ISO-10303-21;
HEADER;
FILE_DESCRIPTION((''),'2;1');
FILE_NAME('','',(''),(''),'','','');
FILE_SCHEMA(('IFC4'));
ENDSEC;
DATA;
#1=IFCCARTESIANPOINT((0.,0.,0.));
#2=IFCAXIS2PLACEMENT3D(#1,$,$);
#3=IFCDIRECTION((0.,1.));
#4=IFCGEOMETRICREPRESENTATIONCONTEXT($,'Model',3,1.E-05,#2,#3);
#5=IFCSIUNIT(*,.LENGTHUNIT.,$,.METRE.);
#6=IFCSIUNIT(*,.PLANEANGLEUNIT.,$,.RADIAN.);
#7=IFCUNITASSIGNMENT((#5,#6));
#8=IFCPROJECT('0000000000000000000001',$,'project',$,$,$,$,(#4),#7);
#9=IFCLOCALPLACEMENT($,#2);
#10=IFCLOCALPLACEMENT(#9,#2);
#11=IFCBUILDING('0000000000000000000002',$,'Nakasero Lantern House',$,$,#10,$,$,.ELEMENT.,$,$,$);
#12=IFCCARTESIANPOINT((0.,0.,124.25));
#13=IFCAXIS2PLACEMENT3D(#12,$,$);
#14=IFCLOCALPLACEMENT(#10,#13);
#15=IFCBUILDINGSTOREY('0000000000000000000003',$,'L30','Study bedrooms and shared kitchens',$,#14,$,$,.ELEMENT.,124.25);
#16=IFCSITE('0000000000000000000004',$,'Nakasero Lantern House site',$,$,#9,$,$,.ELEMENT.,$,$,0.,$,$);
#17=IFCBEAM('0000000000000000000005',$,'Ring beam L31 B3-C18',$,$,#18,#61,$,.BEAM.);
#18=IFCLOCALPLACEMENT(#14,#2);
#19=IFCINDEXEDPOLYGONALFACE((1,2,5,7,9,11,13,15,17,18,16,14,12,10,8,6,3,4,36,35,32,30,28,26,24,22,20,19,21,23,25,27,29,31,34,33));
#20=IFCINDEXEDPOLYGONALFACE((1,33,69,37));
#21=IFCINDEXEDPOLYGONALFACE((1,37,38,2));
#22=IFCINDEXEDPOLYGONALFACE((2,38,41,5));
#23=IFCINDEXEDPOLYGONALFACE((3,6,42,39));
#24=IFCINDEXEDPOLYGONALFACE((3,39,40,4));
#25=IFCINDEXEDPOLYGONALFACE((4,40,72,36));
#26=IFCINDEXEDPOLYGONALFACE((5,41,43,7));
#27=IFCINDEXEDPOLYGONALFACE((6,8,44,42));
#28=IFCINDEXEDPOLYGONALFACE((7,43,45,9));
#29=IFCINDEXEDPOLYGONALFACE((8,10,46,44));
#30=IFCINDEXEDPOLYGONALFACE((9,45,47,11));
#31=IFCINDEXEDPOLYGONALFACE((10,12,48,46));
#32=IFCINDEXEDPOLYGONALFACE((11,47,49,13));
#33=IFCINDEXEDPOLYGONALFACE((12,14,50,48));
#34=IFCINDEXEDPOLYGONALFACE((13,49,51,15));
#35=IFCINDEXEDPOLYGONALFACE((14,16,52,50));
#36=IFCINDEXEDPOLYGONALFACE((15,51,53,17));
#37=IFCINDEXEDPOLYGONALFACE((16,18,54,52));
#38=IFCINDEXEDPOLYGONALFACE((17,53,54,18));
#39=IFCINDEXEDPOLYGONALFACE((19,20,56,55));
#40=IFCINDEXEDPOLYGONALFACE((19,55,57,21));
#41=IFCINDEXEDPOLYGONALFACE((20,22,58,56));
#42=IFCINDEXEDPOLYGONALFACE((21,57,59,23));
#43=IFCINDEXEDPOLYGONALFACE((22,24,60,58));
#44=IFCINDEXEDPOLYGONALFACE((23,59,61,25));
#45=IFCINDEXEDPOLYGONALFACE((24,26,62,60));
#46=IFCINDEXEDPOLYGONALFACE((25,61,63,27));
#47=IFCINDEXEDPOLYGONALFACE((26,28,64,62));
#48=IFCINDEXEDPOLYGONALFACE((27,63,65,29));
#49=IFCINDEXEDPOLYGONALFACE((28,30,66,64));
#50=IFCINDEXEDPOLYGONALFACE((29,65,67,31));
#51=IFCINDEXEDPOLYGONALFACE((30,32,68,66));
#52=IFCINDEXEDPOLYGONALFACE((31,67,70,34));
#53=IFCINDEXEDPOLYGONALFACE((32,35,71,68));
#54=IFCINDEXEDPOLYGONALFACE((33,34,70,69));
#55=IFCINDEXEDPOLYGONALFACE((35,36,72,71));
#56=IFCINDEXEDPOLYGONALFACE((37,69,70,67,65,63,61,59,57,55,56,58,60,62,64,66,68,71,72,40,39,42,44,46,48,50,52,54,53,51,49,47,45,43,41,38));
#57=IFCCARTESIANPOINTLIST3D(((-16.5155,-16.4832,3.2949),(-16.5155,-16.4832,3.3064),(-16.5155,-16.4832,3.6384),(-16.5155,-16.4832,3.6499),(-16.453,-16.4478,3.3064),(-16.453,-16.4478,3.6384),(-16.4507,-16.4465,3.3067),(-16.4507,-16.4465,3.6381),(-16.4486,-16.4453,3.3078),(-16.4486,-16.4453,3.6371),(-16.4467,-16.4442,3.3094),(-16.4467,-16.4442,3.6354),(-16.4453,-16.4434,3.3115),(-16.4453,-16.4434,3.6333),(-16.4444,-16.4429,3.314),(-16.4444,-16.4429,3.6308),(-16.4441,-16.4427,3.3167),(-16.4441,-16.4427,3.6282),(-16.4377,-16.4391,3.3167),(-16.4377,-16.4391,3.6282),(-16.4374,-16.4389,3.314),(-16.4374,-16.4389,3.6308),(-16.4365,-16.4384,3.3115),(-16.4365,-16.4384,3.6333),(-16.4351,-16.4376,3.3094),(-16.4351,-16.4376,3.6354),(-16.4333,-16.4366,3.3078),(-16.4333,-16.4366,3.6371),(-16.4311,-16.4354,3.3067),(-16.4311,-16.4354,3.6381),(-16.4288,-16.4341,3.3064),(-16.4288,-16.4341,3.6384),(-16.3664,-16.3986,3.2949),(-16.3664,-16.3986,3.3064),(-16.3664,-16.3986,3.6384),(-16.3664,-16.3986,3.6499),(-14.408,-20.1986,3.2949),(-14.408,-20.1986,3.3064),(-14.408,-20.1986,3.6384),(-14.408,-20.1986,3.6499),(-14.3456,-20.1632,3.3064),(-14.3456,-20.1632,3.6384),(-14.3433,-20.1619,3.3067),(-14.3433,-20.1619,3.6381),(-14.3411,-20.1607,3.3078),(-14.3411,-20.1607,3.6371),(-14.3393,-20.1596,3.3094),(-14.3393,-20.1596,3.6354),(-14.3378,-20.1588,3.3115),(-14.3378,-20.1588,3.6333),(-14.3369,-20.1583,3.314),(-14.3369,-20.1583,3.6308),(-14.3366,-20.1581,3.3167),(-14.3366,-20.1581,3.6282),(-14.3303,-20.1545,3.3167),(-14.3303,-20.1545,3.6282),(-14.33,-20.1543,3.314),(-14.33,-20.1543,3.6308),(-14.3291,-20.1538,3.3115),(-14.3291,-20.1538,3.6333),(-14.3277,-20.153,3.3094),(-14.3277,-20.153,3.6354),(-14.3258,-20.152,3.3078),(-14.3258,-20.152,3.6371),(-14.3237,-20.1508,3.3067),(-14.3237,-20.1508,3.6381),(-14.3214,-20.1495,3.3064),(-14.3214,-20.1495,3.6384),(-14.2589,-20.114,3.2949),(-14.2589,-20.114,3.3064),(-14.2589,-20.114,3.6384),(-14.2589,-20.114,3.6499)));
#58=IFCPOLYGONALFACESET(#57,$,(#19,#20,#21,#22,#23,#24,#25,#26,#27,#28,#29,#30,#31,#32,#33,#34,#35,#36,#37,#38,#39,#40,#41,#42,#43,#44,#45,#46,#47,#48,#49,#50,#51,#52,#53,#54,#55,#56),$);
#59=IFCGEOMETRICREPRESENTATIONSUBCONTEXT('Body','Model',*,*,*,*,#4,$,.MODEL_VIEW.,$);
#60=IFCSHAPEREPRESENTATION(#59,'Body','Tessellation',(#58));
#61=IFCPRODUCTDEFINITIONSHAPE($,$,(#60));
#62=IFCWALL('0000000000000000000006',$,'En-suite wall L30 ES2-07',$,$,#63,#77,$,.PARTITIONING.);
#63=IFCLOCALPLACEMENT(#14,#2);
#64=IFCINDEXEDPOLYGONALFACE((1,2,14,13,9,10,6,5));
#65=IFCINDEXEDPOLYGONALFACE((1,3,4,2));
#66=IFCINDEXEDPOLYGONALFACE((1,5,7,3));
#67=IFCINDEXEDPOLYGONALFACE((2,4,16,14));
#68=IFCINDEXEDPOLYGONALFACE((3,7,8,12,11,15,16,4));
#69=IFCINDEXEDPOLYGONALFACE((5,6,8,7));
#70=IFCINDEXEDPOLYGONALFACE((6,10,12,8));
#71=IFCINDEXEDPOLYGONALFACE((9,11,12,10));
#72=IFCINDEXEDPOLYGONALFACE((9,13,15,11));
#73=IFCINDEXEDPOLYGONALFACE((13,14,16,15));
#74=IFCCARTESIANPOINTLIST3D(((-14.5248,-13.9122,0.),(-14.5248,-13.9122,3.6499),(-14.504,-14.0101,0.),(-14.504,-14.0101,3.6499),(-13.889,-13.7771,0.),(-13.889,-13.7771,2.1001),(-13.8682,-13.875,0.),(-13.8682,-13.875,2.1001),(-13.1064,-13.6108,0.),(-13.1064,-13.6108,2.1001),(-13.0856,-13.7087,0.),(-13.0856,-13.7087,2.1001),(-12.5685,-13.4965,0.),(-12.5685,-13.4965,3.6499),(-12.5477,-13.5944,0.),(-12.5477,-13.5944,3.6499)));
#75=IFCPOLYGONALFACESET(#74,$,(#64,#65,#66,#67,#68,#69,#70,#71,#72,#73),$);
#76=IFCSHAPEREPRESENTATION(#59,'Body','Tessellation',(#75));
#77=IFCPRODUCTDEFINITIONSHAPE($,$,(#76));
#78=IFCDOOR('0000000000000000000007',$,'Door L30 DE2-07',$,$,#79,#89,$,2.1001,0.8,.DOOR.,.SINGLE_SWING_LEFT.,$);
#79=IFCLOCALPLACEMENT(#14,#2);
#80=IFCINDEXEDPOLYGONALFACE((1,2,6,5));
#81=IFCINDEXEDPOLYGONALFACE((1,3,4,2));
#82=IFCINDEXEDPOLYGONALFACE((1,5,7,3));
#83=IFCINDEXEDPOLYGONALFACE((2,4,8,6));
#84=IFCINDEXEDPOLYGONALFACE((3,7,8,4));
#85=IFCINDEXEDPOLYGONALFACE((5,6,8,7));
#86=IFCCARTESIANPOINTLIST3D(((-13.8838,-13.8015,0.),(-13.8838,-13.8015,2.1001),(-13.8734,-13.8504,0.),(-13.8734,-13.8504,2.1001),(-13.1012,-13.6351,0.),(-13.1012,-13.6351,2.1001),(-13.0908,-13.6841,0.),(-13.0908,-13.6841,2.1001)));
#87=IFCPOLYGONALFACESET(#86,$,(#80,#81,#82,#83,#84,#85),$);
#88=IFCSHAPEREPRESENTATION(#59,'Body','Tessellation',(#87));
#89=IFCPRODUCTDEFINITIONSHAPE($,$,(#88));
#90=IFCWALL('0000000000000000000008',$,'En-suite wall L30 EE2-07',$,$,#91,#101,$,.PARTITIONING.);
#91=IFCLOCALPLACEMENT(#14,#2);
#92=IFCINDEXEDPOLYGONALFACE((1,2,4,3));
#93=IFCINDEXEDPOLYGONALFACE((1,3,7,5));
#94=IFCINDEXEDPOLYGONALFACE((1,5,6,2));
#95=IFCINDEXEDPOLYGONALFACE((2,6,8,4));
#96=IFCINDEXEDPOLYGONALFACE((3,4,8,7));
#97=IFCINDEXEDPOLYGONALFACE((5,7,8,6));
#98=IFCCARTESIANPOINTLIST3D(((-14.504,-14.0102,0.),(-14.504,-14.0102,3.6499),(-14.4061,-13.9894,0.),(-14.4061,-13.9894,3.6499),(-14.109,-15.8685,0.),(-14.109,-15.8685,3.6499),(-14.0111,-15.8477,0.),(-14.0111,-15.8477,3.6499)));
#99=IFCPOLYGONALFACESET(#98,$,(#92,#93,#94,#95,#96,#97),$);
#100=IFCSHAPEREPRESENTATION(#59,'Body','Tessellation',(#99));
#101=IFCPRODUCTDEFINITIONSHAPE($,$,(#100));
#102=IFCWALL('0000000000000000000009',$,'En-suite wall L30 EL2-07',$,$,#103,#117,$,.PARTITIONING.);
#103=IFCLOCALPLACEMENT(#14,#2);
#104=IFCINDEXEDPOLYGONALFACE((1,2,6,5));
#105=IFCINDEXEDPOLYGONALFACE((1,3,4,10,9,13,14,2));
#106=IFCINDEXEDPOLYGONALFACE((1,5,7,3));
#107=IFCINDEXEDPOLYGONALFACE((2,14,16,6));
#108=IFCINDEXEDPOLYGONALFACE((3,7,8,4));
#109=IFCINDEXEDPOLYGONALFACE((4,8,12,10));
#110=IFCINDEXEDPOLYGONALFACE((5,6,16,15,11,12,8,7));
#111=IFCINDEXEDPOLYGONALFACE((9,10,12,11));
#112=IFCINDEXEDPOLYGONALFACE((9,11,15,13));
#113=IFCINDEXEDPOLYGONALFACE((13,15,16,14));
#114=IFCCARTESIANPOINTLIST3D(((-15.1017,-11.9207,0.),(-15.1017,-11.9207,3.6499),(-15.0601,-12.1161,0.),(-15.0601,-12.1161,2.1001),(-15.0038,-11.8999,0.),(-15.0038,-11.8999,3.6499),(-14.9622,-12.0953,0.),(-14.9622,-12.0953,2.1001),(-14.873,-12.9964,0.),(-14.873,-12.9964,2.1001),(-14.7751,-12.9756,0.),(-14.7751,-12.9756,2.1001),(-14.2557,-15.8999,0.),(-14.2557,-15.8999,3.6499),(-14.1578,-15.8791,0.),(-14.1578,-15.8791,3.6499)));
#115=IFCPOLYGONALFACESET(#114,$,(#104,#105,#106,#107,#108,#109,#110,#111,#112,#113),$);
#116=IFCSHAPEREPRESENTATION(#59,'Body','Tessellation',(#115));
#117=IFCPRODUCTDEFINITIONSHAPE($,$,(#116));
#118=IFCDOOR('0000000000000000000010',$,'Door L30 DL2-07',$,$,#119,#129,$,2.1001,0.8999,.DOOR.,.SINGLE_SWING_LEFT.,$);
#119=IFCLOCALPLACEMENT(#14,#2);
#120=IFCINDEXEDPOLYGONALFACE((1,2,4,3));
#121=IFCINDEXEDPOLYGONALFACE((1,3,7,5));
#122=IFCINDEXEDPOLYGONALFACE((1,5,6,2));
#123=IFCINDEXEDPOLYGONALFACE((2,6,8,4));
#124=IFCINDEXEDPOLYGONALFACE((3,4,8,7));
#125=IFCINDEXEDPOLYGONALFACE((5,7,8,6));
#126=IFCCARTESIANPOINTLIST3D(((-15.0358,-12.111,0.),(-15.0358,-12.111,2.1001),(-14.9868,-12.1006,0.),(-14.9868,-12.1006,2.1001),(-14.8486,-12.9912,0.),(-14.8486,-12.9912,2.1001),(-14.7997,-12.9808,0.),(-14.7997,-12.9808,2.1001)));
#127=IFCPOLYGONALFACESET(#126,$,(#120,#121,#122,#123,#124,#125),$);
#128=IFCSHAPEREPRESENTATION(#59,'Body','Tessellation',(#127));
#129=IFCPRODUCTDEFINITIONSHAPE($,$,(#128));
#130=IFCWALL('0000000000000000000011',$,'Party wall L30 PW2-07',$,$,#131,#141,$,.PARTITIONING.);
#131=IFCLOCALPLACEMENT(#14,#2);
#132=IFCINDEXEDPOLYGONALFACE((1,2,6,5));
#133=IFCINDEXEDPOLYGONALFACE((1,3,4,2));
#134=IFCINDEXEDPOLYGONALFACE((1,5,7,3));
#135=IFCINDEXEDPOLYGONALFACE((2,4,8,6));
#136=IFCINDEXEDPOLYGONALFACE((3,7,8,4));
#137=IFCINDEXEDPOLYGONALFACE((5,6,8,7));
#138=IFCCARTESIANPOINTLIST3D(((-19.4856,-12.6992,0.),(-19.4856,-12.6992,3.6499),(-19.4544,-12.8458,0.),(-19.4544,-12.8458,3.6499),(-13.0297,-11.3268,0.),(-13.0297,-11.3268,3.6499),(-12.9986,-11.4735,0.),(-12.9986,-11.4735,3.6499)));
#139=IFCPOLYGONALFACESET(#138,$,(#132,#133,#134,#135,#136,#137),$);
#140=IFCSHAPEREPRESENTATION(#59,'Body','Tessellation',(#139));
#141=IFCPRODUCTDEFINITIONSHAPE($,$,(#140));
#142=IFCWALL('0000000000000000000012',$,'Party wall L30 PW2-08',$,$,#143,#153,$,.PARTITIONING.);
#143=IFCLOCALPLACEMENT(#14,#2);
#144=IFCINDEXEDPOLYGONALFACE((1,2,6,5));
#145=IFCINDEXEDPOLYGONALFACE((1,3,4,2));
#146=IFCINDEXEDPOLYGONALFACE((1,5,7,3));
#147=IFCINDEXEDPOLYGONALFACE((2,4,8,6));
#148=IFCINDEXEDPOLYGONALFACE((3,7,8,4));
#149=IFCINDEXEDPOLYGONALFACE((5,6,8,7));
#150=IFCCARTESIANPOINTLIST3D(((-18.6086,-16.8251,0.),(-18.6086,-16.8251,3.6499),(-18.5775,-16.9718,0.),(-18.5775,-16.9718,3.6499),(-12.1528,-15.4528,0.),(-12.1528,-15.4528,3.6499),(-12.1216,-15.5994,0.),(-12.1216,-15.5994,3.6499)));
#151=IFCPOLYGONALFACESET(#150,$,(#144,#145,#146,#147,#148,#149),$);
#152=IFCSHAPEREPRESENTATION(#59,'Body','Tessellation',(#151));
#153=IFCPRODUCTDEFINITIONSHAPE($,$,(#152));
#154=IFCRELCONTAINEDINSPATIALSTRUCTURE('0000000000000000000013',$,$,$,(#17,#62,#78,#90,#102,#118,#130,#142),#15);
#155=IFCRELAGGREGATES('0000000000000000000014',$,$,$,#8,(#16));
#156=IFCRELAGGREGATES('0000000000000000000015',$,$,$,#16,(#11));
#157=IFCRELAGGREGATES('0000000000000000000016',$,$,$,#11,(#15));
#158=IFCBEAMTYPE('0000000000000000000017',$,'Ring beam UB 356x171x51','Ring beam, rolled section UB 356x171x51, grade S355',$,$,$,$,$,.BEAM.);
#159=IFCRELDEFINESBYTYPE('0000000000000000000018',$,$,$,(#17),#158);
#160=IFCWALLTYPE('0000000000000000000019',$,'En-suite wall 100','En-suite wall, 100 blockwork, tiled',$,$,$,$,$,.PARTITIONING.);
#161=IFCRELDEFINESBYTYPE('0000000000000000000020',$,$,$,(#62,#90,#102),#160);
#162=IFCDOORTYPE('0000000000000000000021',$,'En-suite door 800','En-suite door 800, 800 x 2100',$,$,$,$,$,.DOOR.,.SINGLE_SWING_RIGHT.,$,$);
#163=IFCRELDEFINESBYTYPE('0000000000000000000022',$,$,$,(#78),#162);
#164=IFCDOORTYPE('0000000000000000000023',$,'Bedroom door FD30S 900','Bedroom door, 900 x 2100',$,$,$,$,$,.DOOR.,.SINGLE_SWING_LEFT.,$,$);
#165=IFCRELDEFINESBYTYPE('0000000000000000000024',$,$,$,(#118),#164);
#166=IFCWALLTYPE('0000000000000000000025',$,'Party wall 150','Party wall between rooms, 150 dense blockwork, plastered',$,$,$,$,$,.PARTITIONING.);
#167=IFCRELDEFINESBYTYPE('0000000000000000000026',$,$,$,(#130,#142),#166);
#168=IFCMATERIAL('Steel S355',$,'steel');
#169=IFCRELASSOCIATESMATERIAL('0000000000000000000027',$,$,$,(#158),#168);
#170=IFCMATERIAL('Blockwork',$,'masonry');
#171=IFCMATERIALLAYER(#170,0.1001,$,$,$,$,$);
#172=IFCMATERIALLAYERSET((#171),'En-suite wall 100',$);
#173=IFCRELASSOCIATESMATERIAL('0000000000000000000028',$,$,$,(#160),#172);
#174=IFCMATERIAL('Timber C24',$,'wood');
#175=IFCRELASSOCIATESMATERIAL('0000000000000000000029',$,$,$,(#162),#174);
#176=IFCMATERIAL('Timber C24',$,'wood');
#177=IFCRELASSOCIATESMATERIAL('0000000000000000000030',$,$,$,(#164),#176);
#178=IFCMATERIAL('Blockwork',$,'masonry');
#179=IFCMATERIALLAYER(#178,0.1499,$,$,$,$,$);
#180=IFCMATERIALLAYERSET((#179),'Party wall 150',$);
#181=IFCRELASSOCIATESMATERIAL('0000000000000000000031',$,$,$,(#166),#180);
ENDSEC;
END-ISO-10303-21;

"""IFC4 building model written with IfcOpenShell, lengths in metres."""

from ifc_helpers import new_model, si_unit, direction, frame, frame_2d, origin, origin_2d, place, context, subcontext, project, spatial, rectangle, i_section, extrude, material, layer, layer_set, material_profile, profile_set, type_object, element, fill, save


model = new_model("IFC4")

# Units and contexts
model_context = context("Model", 3, precision=1e-05, world=origin(), true_north=direction((0.0, 1.0)))
body_context = subcontext(model_context, "Body", "Model", "MODEL_VIEW")
ifc_project = project(units=[si_unit("LENGTHUNIT", "METRE"), si_unit("PLANEANGLEUNIT", "RADIAN")], contexts=[model_context])

# Site, building, storey
site_placement = place(None, origin())
site = spatial("IfcSite", under=ifc_project, at=site_placement, Name="Nakasero Lantern House site", CompositionType="ELEMENT", RefElevation=0.0)
building_placement = place(site_placement, origin())
building = spatial("IfcBuilding", under=site, at=building_placement, Name="Nakasero Lantern House", CompositionType="ELEMENT")
storey_placement = place(building_placement, frame((0.0, 0.0, 124.25)))
storey = spatial("IfcBuildingStorey", under=building, at=storey_placement, Name="L30", Description="Study bedrooms and shared kitchens", CompositionType="ELEMENT", Elevation=124.25)

# Beam
ifc_material_1 = material(Name="Steel S355", Category="steel")
ifc_material_profile_1 = material_profile(ifc_material_1, i_section(OverallWidth=0.1714, OverallDepth=0.355, WebThickness=0.0073, FlangeThickness=0.0115, FilletRadius=0.0103, at=origin_2d()), Name="UB 356x171x51")
ifc_profile_set_1 = profile_set([ifc_material_profile_1], Name="Steel S355")
beam_type_1 = type_object("IfcBeamType", Name="Ring beam UB 356x171x51", Description="Ring beam, rolled section UB 356x171x51, grade S355", PredefinedType="BEAM", material=ifc_profile_set_1)
beam_1_placement = place(storey_placement, frame((-16.4409, -16.4409, 3.4724), z_axis=(0.493379, -0.869815, 0.0), x_axis=(0.869815, 0.493379, 0.0)))
element("IfcBeam", 1, at=beam_1_placement, inside=storey, type_object=beam_type_1, Name="Ring beam L31 B3-C18", PredefinedType="BEAM", context=body_context, shape_type="SweptSolid", body=[
    extrude(i_section(OverallWidth=0.1714, OverallDepth=0.355, WebThickness=0.0073, FlangeThickness=0.0115, FilletRadius=0.0103, at=origin_2d()), origin(), (0.0, 0.0, 1.0), 4.2715),
])

# Wall, opening, door
ifc_material_2 = material(Name="Blockwork", Category="masonry")
ifc_layer_1 = layer(ifc_material_2, 0.1001)
ifc_layer_set_1 = layer_set([ifc_layer_1], Name="En-suite wall 100")
wall_type_1 = type_object("IfcWallType", Name="En-suite wall 100", Description="En-suite wall, 100 blockwork, tiled", PredefinedType="PARTITIONING", material=ifc_layer_set_1)
wall_1_placement = place(storey_placement, frame((-12.5581, -13.5454, 0.0), z_axis=(0.0, 0.0, 1.0), x_axis=(-0.978153, -0.207886, 0.0)))
wall_1 = element("IfcWall", 2, at=wall_1_placement, inside=storey, type_object=wall_type_1, Name="En-suite wall L30 ES2-07", PredefinedType="PARTITIONING", context=body_context, shape_type="SweptSolid", body=[
    extrude(rectangle(XDim=2.0, YDim=0.1001, at=frame_2d((1.0, 0.0))), origin(), (0.0, 0.0, 1.0), 3.6499),
])
opening_1_placement = place(wall_1_placement, frame((0.55, 0.0, 0.0)))
opening_1 = element("IfcOpeningElement", 3, at=opening_1_placement, cuts=wall_1, PredefinedType="OPENING", context=body_context, shape_type="SweptSolid", body=[
    extrude(rectangle(XDim=0.8, YDim=2.1001, at=frame_2d((0.3999, 1.05))), frame((0.0, 0.0701, 0.0), z_axis=(0.0, -1.0, 0.0), x_axis=(1.0, 0.0, 0.0)), (0.0, 0.0, 1.0), 0.1401),
])
ifc_material_3 = material(Name="Timber C24", Category="wood")
door_type_1 = type_object("IfcDoorType", Name="En-suite door 800", Description="En-suite door 800, 800 x 2100", OperationType="SINGLE_SWING_RIGHT", PredefinedType="DOOR", material=ifc_material_3)
door_1_placement = place(opening_1_placement, origin())
door_1 = element("IfcDoor", 4, at=door_1_placement, inside=storey, type_object=door_type_1, Name="Door L30 DE2-07", OperationType="SINGLE_SWING_LEFT", OverallHeight=2.1001, OverallWidth=0.8, PredefinedType="DOOR", context=body_context, shape_type="SweptSolid", body=[
    extrude(rectangle(XDim=0.8, YDim=2.1001, at=frame_2d((0.3999, 1.05))), frame((0.0, 0.0249, 0.0), z_axis=(0.0, -1.0, 0.0), x_axis=(1.0, 0.0, 0.0)), (0.0, 0.0, 1.0), 0.05),
])
fill(opening_1, door_1)

# Wall
wall_2_placement = place(storey_placement, frame((-14.4551, -13.9998, 0.0), z_axis=(0.0, 0.0, 1.0), x_axis=(0.207914, -0.978147, 0.0)))
element("IfcWall", 5, at=wall_2_placement, inside=storey, type_object=wall_type_1, Name="En-suite wall L30 EE2-07", PredefinedType="PARTITIONING", context=body_context, shape_type="SweptSolid", body=[
    extrude(rectangle(XDim=1.8999, YDim=0.1001, at=frame_2d((0.95, 0.0))), origin(), (0.0, 0.0, 1.0), 3.6499),
])

# Wall, opening, door
wall_3_placement = place(storey_placement, frame((-15.0527, -11.9102, 0.0), z_axis=(0.0, 0.0, 1.0), x_axis=(0.207943, -0.978141, 0.0)))
wall_3 = element("IfcWall", 6, at=wall_3_placement, inside=storey, type_object=wall_type_1, Name="En-suite wall L30 EL2-07", PredefinedType="PARTITIONING", context=body_context, shape_type="SweptSolid", body=[
    extrude(rectangle(XDim=4.0681, YDim=0.1001, at=frame_2d((2.0342, 0.0))), origin(), (0.0, 0.0, 1.0), 3.6499),
])
opening_2_placement = place(wall_3_placement, frame((0.2, 0.0, 0.0)))
opening_2 = element("IfcOpeningElement", 7, at=opening_2_placement, cuts=wall_3, PredefinedType="OPENING", context=body_context, shape_type="SweptSolid", body=[
    extrude(rectangle(XDim=0.8999, YDim=2.1001, at=frame_2d((0.45, 1.05))), frame((0.0, 0.0701, 0.0), z_axis=(0.0, -1.0, 0.0), x_axis=(1.0, 0.0, 0.0)), (0.0, 0.0, 1.0), 0.1401),
])
ifc_material_4 = material(Name="Timber C24", Category="wood")
door_type_2 = type_object("IfcDoorType", Name="Bedroom door FD30S 900", Description="Bedroom door, 900 x 2100", OperationType="SINGLE_SWING_LEFT", PredefinedType="DOOR", material=ifc_material_4)
door_2_placement = place(opening_2_placement, origin())
door_2 = element("IfcDoor", 8, at=door_2_placement, inside=storey, type_object=door_type_2, Name="Door L30 DL2-07", OperationType="SINGLE_SWING_LEFT", OverallHeight=2.1001, OverallWidth=0.8999, PredefinedType="DOOR", context=body_context, shape_type="SweptSolid", body=[
    extrude(rectangle(XDim=0.8999, YDim=2.1001, at=frame_2d((0.45, 1.05))), frame((0.0, 0.0249, 0.0), z_axis=(0.0, -1.0, 0.0), x_axis=(1.0, 0.0, 0.0)), (0.0, 0.0, 1.0), 0.05),
])
fill(opening_2, door_2)

# Walls
ifc_material_5 = material(Name="Blockwork", Category="masonry")
ifc_layer_2 = layer(ifc_material_5, 0.1499)
ifc_layer_set_2 = layer_set([ifc_layer_2], Name="Party wall 150")
wall_type_2 = type_object("IfcWallType", Name="Party wall 150", Description="Party wall between rooms, 150 dense blockwork, plastered", PredefinedType="PARTITIONING", material=ifc_layer_set_2)
for number, where, z_axis, x_axis, name in (
    (9, (-13.0142, -11.4001, 0.0), (0.0, 0.0, 1.0), (-0.978145, -0.207925, 0.0), "Party wall L30 PW2-07"),
    (10, (-12.1372, -15.5261, 0.0), (0.0, 0.0, 1.0), (-0.978145, -0.207925, 0.0), "Party wall L30 PW2-08"),
):
    element("IfcWall", number, at=place(storey_placement, frame(where, z_axis=z_axis, x_axis=x_axis)), inside=storey, type_object=wall_type_2, Name=name, PredefinedType="PARTITIONING", context=body_context, shape_type="SweptSolid", body=[
        extrude(rectangle(XDim=6.6001, YDim=0.1499, at=frame_2d((3.3, 0.0))), origin(), (0.0, 0.0, 1.0), 3.6499),
    ])

save(model, "model.ifc")
